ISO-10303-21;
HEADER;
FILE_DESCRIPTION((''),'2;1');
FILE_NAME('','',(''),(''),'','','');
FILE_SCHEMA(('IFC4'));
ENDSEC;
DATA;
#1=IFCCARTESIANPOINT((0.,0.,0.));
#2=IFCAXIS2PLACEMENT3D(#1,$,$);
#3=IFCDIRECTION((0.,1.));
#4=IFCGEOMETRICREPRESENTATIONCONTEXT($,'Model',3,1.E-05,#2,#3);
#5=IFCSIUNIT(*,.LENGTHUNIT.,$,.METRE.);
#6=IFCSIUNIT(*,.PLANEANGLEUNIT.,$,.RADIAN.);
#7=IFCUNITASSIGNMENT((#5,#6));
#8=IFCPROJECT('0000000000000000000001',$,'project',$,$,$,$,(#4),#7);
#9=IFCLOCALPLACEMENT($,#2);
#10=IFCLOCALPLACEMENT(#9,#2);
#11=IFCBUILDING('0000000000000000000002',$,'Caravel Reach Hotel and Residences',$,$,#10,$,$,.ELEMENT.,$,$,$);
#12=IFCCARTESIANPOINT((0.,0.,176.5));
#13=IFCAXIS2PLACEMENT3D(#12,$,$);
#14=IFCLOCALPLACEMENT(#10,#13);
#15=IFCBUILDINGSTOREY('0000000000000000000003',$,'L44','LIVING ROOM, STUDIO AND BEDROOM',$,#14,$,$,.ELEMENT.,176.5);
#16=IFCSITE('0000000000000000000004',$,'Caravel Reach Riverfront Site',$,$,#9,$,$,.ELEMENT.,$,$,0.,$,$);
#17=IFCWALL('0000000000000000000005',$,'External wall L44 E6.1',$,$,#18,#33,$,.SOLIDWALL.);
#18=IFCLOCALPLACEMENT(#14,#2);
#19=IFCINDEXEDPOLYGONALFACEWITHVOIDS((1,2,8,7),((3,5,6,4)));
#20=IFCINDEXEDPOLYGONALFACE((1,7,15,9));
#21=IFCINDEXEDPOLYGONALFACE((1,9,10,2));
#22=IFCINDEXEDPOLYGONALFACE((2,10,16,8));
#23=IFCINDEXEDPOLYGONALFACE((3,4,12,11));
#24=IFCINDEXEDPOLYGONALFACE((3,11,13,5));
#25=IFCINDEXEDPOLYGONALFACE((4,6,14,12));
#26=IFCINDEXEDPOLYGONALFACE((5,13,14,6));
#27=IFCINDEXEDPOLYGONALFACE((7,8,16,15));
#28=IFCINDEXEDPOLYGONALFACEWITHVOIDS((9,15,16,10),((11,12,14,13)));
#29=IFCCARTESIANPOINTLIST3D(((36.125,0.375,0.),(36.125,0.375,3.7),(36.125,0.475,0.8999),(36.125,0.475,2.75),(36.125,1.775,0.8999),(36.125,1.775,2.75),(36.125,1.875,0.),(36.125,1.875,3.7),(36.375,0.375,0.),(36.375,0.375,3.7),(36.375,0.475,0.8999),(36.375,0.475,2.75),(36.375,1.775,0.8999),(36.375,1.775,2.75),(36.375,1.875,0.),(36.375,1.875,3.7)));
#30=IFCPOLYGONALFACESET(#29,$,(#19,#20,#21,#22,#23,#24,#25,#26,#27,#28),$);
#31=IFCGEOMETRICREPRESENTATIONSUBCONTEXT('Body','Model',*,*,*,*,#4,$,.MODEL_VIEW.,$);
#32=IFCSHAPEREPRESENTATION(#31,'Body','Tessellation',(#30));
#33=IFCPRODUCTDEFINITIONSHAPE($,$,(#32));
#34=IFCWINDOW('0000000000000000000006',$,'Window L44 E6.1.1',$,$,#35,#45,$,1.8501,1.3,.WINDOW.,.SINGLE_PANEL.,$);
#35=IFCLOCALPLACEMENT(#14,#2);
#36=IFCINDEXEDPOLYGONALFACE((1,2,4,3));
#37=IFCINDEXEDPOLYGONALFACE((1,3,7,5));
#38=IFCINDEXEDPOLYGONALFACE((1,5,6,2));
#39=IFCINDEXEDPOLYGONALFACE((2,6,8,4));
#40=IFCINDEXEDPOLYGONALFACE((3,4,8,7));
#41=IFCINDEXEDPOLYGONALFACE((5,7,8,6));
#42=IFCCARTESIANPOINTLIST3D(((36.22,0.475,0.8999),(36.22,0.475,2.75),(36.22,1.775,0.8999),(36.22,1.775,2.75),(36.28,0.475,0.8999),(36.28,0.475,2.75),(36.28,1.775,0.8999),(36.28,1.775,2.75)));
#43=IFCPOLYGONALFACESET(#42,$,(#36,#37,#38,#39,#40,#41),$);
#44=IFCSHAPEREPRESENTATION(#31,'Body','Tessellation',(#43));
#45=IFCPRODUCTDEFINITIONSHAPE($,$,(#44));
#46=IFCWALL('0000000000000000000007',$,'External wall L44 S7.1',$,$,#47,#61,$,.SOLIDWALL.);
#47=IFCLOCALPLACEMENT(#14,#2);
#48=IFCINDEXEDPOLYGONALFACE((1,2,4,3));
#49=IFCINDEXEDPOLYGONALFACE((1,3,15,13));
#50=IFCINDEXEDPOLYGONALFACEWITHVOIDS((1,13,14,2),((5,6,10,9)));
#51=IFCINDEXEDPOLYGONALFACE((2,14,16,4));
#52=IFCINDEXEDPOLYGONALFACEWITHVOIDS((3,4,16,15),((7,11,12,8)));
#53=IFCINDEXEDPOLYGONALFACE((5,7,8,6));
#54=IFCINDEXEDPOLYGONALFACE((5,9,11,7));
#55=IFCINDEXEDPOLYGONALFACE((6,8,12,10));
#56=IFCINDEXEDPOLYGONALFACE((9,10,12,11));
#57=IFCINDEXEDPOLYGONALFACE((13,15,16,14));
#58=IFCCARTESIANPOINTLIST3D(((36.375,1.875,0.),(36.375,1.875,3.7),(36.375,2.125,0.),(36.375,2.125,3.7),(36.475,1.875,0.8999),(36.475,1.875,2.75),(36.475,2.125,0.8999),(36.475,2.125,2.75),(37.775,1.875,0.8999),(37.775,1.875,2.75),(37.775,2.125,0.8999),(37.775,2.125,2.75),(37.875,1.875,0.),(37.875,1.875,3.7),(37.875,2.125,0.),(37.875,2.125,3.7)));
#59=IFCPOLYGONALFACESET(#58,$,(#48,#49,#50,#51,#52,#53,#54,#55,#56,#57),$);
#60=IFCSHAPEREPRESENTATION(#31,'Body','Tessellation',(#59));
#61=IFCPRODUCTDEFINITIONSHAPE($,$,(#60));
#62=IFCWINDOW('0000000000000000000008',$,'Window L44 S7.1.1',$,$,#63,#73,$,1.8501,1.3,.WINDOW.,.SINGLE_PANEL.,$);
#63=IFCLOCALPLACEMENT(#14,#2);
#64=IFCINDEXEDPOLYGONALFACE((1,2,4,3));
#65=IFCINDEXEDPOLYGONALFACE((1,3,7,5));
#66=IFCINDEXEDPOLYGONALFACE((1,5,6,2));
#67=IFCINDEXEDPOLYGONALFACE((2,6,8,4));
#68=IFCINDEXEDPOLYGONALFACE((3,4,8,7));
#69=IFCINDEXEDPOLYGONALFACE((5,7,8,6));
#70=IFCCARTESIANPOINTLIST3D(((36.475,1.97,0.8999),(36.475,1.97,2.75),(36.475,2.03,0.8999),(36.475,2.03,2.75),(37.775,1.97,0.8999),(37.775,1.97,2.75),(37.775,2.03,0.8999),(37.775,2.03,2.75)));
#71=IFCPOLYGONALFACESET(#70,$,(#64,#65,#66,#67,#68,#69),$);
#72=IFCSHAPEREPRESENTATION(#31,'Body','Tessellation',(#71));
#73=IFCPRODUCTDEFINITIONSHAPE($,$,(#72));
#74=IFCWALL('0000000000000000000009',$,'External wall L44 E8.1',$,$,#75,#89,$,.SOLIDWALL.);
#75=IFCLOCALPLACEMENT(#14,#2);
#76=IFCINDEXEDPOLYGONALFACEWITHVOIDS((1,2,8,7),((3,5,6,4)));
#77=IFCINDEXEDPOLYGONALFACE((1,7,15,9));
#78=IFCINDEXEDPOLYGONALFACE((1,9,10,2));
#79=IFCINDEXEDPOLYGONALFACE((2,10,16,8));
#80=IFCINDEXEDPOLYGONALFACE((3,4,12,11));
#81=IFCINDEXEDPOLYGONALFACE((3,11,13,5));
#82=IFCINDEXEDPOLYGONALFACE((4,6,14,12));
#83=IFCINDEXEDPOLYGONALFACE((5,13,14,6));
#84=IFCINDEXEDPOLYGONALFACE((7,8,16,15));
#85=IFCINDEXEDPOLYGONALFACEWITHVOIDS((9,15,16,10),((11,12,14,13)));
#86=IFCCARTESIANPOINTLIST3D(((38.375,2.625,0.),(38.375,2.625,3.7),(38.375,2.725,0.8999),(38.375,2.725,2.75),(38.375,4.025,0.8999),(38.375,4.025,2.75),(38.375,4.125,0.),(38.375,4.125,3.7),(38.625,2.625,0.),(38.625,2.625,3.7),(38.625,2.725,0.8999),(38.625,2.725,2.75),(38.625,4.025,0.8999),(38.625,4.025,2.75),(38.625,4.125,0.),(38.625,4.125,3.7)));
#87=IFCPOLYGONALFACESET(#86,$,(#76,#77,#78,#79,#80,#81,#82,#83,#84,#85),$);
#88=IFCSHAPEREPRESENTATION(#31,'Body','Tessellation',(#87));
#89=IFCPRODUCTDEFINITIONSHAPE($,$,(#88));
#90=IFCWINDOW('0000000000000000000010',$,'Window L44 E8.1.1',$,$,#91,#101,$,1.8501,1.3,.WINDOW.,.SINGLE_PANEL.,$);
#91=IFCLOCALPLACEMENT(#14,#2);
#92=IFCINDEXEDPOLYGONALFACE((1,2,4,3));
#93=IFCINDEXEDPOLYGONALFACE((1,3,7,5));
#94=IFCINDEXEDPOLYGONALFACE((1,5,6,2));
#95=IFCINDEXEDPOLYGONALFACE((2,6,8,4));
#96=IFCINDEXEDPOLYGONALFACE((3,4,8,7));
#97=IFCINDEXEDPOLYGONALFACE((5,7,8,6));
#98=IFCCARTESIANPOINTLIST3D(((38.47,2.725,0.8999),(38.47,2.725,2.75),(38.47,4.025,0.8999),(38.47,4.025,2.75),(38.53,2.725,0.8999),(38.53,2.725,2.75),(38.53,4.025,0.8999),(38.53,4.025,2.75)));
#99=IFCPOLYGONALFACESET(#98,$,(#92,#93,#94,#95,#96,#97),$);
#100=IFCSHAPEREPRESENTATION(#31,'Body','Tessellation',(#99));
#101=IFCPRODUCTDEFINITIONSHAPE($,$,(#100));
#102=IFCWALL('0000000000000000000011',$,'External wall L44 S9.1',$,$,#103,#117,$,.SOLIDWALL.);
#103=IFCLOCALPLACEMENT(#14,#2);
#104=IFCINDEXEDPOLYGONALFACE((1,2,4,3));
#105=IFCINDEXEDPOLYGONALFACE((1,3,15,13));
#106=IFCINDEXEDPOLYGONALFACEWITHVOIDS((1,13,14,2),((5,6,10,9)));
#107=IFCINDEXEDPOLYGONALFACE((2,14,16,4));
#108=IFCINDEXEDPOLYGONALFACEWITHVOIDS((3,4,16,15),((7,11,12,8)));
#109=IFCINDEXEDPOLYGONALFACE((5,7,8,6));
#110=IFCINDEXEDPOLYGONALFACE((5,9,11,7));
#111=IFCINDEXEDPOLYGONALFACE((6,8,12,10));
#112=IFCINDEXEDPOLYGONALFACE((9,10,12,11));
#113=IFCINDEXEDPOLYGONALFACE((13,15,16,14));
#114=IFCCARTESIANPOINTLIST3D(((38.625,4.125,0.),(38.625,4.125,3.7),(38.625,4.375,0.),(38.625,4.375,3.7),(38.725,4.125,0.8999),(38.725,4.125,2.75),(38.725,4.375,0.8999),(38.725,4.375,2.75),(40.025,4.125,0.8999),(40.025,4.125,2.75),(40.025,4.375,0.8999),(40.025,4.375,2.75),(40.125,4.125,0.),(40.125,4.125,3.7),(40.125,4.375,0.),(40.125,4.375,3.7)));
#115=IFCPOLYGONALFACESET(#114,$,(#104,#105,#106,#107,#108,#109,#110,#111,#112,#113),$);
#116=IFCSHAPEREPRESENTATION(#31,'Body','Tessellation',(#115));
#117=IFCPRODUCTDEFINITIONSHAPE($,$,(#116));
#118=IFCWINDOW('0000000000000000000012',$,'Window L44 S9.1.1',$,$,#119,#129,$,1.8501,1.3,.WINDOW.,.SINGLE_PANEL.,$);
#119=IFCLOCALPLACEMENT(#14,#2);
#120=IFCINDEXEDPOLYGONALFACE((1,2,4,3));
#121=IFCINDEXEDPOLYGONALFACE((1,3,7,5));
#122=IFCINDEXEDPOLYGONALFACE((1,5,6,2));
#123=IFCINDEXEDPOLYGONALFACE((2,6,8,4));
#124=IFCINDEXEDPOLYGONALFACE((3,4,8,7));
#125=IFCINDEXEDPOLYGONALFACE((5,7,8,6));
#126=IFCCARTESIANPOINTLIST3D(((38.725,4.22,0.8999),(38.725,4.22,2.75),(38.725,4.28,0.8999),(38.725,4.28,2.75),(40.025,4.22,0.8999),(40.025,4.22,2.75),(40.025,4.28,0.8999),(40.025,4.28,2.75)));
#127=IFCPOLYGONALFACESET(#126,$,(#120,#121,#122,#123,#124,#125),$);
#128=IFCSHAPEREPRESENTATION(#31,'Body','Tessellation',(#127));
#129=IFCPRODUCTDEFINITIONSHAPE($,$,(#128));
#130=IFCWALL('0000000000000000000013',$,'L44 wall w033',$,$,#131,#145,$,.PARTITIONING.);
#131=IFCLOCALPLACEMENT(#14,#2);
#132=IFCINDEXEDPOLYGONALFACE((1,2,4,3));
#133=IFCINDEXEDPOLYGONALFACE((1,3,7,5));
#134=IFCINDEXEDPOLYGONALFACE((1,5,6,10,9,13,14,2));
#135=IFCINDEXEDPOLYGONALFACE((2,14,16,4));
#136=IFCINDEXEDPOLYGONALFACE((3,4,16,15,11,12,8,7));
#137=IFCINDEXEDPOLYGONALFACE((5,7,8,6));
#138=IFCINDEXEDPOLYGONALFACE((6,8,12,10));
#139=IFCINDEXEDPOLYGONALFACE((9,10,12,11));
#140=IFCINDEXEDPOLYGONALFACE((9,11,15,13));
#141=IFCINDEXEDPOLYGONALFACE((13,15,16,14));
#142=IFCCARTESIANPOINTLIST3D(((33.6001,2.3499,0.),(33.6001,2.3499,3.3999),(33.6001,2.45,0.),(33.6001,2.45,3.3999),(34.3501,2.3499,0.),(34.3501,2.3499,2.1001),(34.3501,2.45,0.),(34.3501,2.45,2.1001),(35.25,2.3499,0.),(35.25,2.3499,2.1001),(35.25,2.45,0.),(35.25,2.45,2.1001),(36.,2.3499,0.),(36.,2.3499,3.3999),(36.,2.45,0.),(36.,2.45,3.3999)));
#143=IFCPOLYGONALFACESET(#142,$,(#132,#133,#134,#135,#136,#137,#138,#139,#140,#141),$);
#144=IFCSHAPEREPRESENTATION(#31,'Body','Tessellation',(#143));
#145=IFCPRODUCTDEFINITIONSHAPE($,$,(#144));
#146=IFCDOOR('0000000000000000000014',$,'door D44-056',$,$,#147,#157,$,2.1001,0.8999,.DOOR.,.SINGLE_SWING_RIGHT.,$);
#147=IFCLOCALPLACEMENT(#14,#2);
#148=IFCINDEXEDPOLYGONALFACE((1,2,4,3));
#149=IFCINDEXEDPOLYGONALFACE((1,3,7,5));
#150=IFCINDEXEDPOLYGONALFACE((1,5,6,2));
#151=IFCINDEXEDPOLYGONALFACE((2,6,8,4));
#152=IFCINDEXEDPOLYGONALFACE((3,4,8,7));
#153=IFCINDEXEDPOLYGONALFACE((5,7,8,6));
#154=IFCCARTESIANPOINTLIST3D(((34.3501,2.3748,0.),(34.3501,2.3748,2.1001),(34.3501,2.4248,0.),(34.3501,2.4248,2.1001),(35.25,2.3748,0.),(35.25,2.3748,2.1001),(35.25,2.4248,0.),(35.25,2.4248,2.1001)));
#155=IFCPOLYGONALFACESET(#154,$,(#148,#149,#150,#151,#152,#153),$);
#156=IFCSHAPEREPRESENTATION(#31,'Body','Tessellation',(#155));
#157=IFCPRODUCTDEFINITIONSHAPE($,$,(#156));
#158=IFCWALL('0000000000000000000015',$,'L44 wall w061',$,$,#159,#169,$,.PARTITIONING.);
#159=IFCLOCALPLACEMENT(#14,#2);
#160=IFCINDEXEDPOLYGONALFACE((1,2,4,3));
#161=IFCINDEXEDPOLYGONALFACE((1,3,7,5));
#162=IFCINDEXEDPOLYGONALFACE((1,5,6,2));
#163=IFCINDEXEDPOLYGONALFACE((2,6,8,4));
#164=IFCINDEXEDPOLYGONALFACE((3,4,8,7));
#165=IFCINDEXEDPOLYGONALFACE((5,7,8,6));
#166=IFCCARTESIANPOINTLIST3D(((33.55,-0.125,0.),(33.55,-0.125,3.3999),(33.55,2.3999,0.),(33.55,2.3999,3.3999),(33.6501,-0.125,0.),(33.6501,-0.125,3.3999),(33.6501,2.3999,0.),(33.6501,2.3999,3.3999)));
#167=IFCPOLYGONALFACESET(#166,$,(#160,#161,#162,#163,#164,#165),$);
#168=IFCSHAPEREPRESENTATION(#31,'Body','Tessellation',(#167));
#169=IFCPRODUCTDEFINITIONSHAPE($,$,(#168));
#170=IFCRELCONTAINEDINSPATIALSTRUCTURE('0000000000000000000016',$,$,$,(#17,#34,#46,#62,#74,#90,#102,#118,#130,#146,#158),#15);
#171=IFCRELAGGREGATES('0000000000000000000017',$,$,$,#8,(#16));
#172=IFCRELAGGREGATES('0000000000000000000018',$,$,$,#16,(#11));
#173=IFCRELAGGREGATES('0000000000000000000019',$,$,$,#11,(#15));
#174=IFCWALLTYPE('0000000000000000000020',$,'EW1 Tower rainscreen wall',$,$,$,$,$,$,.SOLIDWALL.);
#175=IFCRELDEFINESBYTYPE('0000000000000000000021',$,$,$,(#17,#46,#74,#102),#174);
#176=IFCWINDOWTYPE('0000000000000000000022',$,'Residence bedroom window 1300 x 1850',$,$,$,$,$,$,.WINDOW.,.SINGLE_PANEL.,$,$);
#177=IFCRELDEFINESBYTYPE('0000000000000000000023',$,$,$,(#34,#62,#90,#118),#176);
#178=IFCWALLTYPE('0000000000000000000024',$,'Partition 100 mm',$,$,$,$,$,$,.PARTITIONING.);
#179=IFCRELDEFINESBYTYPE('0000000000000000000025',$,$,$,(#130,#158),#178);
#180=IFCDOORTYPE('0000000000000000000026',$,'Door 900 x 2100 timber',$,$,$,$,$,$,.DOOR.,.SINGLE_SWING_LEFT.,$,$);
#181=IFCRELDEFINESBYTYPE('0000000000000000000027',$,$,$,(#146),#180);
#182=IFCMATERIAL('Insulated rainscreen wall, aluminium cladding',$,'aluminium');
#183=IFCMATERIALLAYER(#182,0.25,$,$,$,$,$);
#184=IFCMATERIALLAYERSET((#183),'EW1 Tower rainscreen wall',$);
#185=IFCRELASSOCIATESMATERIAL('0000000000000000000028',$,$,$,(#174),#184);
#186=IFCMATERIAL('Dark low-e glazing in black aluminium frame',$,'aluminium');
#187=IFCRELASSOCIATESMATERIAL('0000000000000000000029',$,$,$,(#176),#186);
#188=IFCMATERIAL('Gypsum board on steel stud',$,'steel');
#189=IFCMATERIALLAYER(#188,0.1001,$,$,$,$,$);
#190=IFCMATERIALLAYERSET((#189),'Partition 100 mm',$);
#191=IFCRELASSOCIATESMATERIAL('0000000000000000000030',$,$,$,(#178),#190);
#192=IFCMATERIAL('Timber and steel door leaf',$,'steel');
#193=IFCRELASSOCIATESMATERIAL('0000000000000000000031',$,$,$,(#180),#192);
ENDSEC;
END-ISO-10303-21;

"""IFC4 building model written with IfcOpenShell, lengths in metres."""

from ifc_helpers import new_model, si_unit, direction, frame, frame_2d, origin, place, context, subcontext, project, spatial, rectangle, extrude, material, layer, layer_set, type_object, element, fill, save


model = new_model("IFC4")

# Units and contexts
model_context = context("Model", 3, precision=1e-05, world=origin(), true_north=direction((0.0, 1.0)))
body_context = subcontext(model_context, "Body", "Model", "MODEL_VIEW")
ifc_project = project(units=[si_unit("LENGTHUNIT", "METRE"), si_unit("PLANEANGLEUNIT", "RADIAN")], contexts=[model_context])

# Site, building, storey
site_placement = place(None, origin())
site = spatial("IfcSite", under=ifc_project, at=site_placement, Name="Caravel Reach Riverfront Site", CompositionType="ELEMENT", RefElevation=0.0)
building_placement = place(site_placement, origin())
building = spatial("IfcBuilding", under=site, at=building_placement, Name="Caravel Reach Hotel and Residences", CompositionType="ELEMENT")
storey_placement = place(building_placement, frame((0.0, 0.0, 176.5)))
storey = spatial("IfcBuildingStorey", under=building, at=storey_placement, Name="L44", Description="LIVING ROOM, STUDIO AND BEDROOM", CompositionType="ELEMENT", Elevation=176.5)

# Walls, openings, windows
ifc_material_1 = material(Name="Insulated rainscreen wall, aluminium cladding", Category="aluminium")
ifc_layer_1 = layer(ifc_material_1, 0.25)
ifc_layer_set_1 = layer_set([ifc_layer_1], Name="EW1 Tower rainscreen wall")
wall_type_1 = type_object("IfcWallType", Name="EW1 Tower rainscreen wall", PredefinedType="SOLIDWALL", material=ifc_layer_set_1)
wall_1_placement = place(storey_placement, frame((36.25, 0.375, 0.0), z_axis=(0.0, 0.0, 1.0), x_axis=(0.0, 1.0, 0.0)))
wall_1 = element("IfcWall", 1, at=wall_1_placement, inside=storey, type_object=wall_type_1, Name="External wall L44 E6.1", PredefinedType="SOLIDWALL", context=body_context, shape_type="SweptSolid", body=[
    extrude(rectangle(XDim=1.5, YDim=0.25, at=frame_2d((0.75, 0.0))), origin(), (0.0, 0.0, 1.0), 3.7),
])
opening_1_placement = place(wall_1_placement, frame((0.1001, 0.0, 0.8999)))
opening_1 = element("IfcOpeningElement", 2, at=opening_1_placement, cuts=wall_1, PredefinedType="OPENING", context=body_context, shape_type="SweptSolid", body=[
    extrude(rectangle(XDim=1.3, YDim=1.8501, at=frame_2d((0.6499, 0.925))), frame((0.0, 0.135, 0.0), z_axis=(0.0, -1.0, 0.0), x_axis=(1.0, 0.0, 0.0)), (0.0, 0.0, 1.0), 0.27),
])
ifc_material_2 = material(Name="Dark low-e glazing in black aluminium frame", Category="aluminium")
window_type = type_object("IfcWindowType", Name="Residence bedroom window 1300 x 1850", PartitioningType="SINGLE_PANEL", PredefinedType="WINDOW", material=ifc_material_2)
window_1_placement = place(opening_1_placement, origin())
window_1 = element("IfcWindow", 3, at=window_1_placement, inside=storey, type_object=window_type, Name="Window L44 E6.1.1", OverallHeight=1.8501, OverallWidth=1.3, PartitioningType="SINGLE_PANEL", PredefinedType="WINDOW", context=body_context, shape_type="SweptSolid", body=[
    extrude(rectangle(XDim=1.3, YDim=1.8501, at=frame_2d((0.6499, 0.925))), frame((0.0, 0.03, 0.0), z_axis=(0.0, -1.0, 0.0), x_axis=(1.0, 0.0, 0.0)), (0.0, 0.0, 1.0), 0.0601),
])
fill(opening_1, window_1)
wall_2_placement = place(storey_placement, frame((36.375, 2.0, 0.0), z_axis=(0.0, 0.0, 1.0), x_axis=(1.0, 0.0, 0.0)))
wall_2 = element("IfcWall", 4, at=wall_2_placement, inside=storey, type_object=wall_type_1, Name="External wall L44 S7.1", PredefinedType="SOLIDWALL", context=body_context, shape_type="SweptSolid", body=[
    extrude(rectangle(XDim=1.5, YDim=0.25, at=frame_2d((0.75, 0.0))), origin(), (0.0, 0.0, 1.0), 3.7),
])
opening_2_placement = place(wall_2_placement, frame((0.1001, 0.0, 0.8999)))
opening_2 = element("IfcOpeningElement", 5, at=opening_2_placement, cuts=wall_2, PredefinedType="OPENING", context=body_context, shape_type="SweptSolid", body=[
    extrude(rectangle(XDim=1.3, YDim=1.8501, at=frame_2d((0.6499, 0.925))), frame((0.0, 0.135, 0.0), z_axis=(0.0, -1.0, 0.0), x_axis=(1.0, 0.0, 0.0)), (0.0, 0.0, 1.0), 0.27),
])
window_2_placement = place(opening_2_placement, origin())
window_2 = element("IfcWindow", 6, at=window_2_placement, inside=storey, type_object=window_type, Name="Window L44 S7.1.1", OverallHeight=1.8501, OverallWidth=1.3, PartitioningType="SINGLE_PANEL", PredefinedType="WINDOW", context=body_context, shape_type="SweptSolid", body=[
    extrude(rectangle(XDim=1.3, YDim=1.8501, at=frame_2d((0.6499, 0.925))), frame((0.0, 0.03, 0.0), z_axis=(0.0, -1.0, 0.0), x_axis=(1.0, 0.0, 0.0)), (0.0, 0.0, 1.0), 0.0601),
])
fill(opening_2, window_2)
wall_3_placement = place(storey_placement, frame((38.5, 2.625, 0.0), z_axis=(0.0, 0.0, 1.0), x_axis=(0.0, 1.0, 0.0)))
wall_3 = element("IfcWall", 7, at=wall_3_placement, inside=storey, type_object=wall_type_1, Name="External wall L44 E8.1", PredefinedType="SOLIDWALL", context=body_context, shape_type="SweptSolid", body=[
    extrude(rectangle(XDim=1.5, YDim=0.25, at=frame_2d((0.75, 0.0))), origin(), (0.0, 0.0, 1.0), 3.7),
])
opening_3_placement = place(wall_3_placement, frame((0.1001, 0.0, 0.8999)))
opening_3 = element("IfcOpeningElement", 8, at=opening_3_placement, cuts=wall_3, PredefinedType="OPENING", context=body_context, shape_type="SweptSolid", body=[
    extrude(rectangle(XDim=1.3, YDim=1.8501, at=frame_2d((0.6499, 0.925))), frame((0.0, 0.135, 0.0), z_axis=(0.0, -1.0, 0.0), x_axis=(1.0, 0.0, 0.0)), (0.0, 0.0, 1.0), 0.27),
])
window_3_placement = place(opening_3_placement, origin())
window_3 = element("IfcWindow", 9, at=window_3_placement, inside=storey, type_object=window_type, Name="Window L44 E8.1.1", OverallHeight=1.8501, OverallWidth=1.3, PartitioningType="SINGLE_PANEL", PredefinedType="WINDOW", context=body_context, shape_type="SweptSolid", body=[
    extrude(rectangle(XDim=1.3, YDim=1.8501, at=frame_2d((0.6499, 0.925))), frame((0.0, 0.03, 0.0), z_axis=(0.0, -1.0, 0.0), x_axis=(1.0, 0.0, 0.0)), (0.0, 0.0, 1.0), 0.0601),
])
fill(opening_3, window_3)
wall_4_placement = place(storey_placement, frame((38.625, 4.25, 0.0), z_axis=(0.0, 0.0, 1.0), x_axis=(1.0, 0.0, 0.0)))
wall_4 = element("IfcWall", 10, at=wall_4_placement, inside=storey, type_object=wall_type_1, Name="External wall L44 S9.1", PredefinedType="SOLIDWALL", context=body_context, shape_type="SweptSolid", body=[
    extrude(rectangle(XDim=1.5, YDim=0.25, at=frame_2d((0.75, 0.0))), origin(), (0.0, 0.0, 1.0), 3.7),
])
opening_4_placement = place(wall_4_placement, frame((0.1001, 0.0, 0.8999)))
opening_4 = element("IfcOpeningElement", 11, at=opening_4_placement, cuts=wall_4, PredefinedType="OPENING", context=body_context, shape_type="SweptSolid", body=[
    extrude(rectangle(XDim=1.3, YDim=1.8501, at=frame_2d((0.6499, 0.925))), frame((0.0, 0.135, 0.0), z_axis=(0.0, -1.0, 0.0), x_axis=(1.0, 0.0, 0.0)), (0.0, 0.0, 1.0), 0.27),
])
window_4_placement = place(opening_4_placement, origin())
window_4 = element("IfcWindow", 12, at=window_4_placement, inside=storey, type_object=window_type, Name="Window L44 S9.1.1", OverallHeight=1.8501, OverallWidth=1.3, PartitioningType="SINGLE_PANEL", PredefinedType="WINDOW", context=body_context, shape_type="SweptSolid", body=[
    extrude(rectangle(XDim=1.3, YDim=1.8501, at=frame_2d((0.6499, 0.925))), frame((0.0, 0.03, 0.0), z_axis=(0.0, -1.0, 0.0), x_axis=(1.0, 0.0, 0.0)), (0.0, 0.0, 1.0), 0.0601),
])
fill(opening_4, window_4)

# Wall, opening, door
ifc_material_3 = material(Name="Gypsum board on steel stud", Category="steel")
ifc_layer_2 = layer(ifc_material_3, 0.1001)
ifc_layer_set_2 = layer_set([ifc_layer_2], Name="Partition 100 mm")
wall_type_2 = type_object("IfcWallType", Name="Partition 100 mm", PredefinedType="PARTITIONING", material=ifc_layer_set_2)
wall_5_placement = place(storey_placement, frame((33.6001, 2.3999, 0.0), z_axis=(0.0, 0.0, 1.0), x_axis=(1.0, 0.0, 0.0)))
wall_5 = element("IfcWall", 13, at=wall_5_placement, inside=storey, type_object=wall_type_2, Name="L44 wall w033", PredefinedType="PARTITIONING", context=body_context, shape_type="SweptSolid", body=[
    extrude(rectangle(XDim=2.3999, YDim=0.1001, at=frame_2d((1.2, 0.0))), origin(), (0.0, 0.0, 1.0), 3.3999),
])
opening_5_placement = place(wall_5_placement, frame((0.75, 0.0, 0.0)))
opening_5 = element("IfcOpeningElement", 14, at=opening_5_placement, cuts=wall_5, PredefinedType="OPENING", context=body_context, shape_type="SweptSolid", body=[
    extrude(rectangle(XDim=0.8999, YDim=2.1001, at=frame_2d((0.45, 1.05))), frame((0.0, 0.0601, 0.0), z_axis=(0.0, -1.0, 0.0), x_axis=(1.0, 0.0, 0.0)), (0.0, 0.0, 1.0), 0.1201),
])
ifc_material_4 = material(Name="Timber and steel door leaf", Category="steel")
door_type_1 = type_object("IfcDoorType", Name="Door 900 x 2100 timber", OperationType="SINGLE_SWING_LEFT", PredefinedType="DOOR", material=ifc_material_4)
door_1_placement = place(opening_5_placement, origin())
door_1 = element("IfcDoor", 15, at=door_1_placement, inside=storey, type_object=door_type_1, Name="door D44-056", OperationType="SINGLE_SWING_RIGHT", OverallHeight=2.1001, OverallWidth=0.8999, PredefinedType="DOOR", context=body_context, shape_type="SweptSolid", body=[
    extrude(rectangle(XDim=0.8999, YDim=2.1001, at=frame_2d((0.45, 1.05))), frame((0.0, 0.0249, 0.0), z_axis=(0.0, -1.0, 0.0), x_axis=(1.0, 0.0, 0.0)), (0.0, 0.0, 1.0), 0.05),
])
fill(opening_5, door_1)

# Wall
wall_6_placement = place(storey_placement, frame((33.6001, -0.125, 0.0), z_axis=(0.0, 0.0, 1.0), x_axis=(0.0, 1.0, 0.0)))
element("IfcWall", 16, at=wall_6_placement, inside=storey, type_object=wall_type_2, Name="L44 wall w061", PredefinedType="PARTITIONING", context=body_context, shape_type="SweptSolid", body=[
    extrude(rectangle(XDim=2.5249, YDim=0.1001, at=frame_2d((1.2625, 0.0))), origin(), (0.0, 0.0, 1.0), 3.3999),
])

save(model, "model.ifc")
